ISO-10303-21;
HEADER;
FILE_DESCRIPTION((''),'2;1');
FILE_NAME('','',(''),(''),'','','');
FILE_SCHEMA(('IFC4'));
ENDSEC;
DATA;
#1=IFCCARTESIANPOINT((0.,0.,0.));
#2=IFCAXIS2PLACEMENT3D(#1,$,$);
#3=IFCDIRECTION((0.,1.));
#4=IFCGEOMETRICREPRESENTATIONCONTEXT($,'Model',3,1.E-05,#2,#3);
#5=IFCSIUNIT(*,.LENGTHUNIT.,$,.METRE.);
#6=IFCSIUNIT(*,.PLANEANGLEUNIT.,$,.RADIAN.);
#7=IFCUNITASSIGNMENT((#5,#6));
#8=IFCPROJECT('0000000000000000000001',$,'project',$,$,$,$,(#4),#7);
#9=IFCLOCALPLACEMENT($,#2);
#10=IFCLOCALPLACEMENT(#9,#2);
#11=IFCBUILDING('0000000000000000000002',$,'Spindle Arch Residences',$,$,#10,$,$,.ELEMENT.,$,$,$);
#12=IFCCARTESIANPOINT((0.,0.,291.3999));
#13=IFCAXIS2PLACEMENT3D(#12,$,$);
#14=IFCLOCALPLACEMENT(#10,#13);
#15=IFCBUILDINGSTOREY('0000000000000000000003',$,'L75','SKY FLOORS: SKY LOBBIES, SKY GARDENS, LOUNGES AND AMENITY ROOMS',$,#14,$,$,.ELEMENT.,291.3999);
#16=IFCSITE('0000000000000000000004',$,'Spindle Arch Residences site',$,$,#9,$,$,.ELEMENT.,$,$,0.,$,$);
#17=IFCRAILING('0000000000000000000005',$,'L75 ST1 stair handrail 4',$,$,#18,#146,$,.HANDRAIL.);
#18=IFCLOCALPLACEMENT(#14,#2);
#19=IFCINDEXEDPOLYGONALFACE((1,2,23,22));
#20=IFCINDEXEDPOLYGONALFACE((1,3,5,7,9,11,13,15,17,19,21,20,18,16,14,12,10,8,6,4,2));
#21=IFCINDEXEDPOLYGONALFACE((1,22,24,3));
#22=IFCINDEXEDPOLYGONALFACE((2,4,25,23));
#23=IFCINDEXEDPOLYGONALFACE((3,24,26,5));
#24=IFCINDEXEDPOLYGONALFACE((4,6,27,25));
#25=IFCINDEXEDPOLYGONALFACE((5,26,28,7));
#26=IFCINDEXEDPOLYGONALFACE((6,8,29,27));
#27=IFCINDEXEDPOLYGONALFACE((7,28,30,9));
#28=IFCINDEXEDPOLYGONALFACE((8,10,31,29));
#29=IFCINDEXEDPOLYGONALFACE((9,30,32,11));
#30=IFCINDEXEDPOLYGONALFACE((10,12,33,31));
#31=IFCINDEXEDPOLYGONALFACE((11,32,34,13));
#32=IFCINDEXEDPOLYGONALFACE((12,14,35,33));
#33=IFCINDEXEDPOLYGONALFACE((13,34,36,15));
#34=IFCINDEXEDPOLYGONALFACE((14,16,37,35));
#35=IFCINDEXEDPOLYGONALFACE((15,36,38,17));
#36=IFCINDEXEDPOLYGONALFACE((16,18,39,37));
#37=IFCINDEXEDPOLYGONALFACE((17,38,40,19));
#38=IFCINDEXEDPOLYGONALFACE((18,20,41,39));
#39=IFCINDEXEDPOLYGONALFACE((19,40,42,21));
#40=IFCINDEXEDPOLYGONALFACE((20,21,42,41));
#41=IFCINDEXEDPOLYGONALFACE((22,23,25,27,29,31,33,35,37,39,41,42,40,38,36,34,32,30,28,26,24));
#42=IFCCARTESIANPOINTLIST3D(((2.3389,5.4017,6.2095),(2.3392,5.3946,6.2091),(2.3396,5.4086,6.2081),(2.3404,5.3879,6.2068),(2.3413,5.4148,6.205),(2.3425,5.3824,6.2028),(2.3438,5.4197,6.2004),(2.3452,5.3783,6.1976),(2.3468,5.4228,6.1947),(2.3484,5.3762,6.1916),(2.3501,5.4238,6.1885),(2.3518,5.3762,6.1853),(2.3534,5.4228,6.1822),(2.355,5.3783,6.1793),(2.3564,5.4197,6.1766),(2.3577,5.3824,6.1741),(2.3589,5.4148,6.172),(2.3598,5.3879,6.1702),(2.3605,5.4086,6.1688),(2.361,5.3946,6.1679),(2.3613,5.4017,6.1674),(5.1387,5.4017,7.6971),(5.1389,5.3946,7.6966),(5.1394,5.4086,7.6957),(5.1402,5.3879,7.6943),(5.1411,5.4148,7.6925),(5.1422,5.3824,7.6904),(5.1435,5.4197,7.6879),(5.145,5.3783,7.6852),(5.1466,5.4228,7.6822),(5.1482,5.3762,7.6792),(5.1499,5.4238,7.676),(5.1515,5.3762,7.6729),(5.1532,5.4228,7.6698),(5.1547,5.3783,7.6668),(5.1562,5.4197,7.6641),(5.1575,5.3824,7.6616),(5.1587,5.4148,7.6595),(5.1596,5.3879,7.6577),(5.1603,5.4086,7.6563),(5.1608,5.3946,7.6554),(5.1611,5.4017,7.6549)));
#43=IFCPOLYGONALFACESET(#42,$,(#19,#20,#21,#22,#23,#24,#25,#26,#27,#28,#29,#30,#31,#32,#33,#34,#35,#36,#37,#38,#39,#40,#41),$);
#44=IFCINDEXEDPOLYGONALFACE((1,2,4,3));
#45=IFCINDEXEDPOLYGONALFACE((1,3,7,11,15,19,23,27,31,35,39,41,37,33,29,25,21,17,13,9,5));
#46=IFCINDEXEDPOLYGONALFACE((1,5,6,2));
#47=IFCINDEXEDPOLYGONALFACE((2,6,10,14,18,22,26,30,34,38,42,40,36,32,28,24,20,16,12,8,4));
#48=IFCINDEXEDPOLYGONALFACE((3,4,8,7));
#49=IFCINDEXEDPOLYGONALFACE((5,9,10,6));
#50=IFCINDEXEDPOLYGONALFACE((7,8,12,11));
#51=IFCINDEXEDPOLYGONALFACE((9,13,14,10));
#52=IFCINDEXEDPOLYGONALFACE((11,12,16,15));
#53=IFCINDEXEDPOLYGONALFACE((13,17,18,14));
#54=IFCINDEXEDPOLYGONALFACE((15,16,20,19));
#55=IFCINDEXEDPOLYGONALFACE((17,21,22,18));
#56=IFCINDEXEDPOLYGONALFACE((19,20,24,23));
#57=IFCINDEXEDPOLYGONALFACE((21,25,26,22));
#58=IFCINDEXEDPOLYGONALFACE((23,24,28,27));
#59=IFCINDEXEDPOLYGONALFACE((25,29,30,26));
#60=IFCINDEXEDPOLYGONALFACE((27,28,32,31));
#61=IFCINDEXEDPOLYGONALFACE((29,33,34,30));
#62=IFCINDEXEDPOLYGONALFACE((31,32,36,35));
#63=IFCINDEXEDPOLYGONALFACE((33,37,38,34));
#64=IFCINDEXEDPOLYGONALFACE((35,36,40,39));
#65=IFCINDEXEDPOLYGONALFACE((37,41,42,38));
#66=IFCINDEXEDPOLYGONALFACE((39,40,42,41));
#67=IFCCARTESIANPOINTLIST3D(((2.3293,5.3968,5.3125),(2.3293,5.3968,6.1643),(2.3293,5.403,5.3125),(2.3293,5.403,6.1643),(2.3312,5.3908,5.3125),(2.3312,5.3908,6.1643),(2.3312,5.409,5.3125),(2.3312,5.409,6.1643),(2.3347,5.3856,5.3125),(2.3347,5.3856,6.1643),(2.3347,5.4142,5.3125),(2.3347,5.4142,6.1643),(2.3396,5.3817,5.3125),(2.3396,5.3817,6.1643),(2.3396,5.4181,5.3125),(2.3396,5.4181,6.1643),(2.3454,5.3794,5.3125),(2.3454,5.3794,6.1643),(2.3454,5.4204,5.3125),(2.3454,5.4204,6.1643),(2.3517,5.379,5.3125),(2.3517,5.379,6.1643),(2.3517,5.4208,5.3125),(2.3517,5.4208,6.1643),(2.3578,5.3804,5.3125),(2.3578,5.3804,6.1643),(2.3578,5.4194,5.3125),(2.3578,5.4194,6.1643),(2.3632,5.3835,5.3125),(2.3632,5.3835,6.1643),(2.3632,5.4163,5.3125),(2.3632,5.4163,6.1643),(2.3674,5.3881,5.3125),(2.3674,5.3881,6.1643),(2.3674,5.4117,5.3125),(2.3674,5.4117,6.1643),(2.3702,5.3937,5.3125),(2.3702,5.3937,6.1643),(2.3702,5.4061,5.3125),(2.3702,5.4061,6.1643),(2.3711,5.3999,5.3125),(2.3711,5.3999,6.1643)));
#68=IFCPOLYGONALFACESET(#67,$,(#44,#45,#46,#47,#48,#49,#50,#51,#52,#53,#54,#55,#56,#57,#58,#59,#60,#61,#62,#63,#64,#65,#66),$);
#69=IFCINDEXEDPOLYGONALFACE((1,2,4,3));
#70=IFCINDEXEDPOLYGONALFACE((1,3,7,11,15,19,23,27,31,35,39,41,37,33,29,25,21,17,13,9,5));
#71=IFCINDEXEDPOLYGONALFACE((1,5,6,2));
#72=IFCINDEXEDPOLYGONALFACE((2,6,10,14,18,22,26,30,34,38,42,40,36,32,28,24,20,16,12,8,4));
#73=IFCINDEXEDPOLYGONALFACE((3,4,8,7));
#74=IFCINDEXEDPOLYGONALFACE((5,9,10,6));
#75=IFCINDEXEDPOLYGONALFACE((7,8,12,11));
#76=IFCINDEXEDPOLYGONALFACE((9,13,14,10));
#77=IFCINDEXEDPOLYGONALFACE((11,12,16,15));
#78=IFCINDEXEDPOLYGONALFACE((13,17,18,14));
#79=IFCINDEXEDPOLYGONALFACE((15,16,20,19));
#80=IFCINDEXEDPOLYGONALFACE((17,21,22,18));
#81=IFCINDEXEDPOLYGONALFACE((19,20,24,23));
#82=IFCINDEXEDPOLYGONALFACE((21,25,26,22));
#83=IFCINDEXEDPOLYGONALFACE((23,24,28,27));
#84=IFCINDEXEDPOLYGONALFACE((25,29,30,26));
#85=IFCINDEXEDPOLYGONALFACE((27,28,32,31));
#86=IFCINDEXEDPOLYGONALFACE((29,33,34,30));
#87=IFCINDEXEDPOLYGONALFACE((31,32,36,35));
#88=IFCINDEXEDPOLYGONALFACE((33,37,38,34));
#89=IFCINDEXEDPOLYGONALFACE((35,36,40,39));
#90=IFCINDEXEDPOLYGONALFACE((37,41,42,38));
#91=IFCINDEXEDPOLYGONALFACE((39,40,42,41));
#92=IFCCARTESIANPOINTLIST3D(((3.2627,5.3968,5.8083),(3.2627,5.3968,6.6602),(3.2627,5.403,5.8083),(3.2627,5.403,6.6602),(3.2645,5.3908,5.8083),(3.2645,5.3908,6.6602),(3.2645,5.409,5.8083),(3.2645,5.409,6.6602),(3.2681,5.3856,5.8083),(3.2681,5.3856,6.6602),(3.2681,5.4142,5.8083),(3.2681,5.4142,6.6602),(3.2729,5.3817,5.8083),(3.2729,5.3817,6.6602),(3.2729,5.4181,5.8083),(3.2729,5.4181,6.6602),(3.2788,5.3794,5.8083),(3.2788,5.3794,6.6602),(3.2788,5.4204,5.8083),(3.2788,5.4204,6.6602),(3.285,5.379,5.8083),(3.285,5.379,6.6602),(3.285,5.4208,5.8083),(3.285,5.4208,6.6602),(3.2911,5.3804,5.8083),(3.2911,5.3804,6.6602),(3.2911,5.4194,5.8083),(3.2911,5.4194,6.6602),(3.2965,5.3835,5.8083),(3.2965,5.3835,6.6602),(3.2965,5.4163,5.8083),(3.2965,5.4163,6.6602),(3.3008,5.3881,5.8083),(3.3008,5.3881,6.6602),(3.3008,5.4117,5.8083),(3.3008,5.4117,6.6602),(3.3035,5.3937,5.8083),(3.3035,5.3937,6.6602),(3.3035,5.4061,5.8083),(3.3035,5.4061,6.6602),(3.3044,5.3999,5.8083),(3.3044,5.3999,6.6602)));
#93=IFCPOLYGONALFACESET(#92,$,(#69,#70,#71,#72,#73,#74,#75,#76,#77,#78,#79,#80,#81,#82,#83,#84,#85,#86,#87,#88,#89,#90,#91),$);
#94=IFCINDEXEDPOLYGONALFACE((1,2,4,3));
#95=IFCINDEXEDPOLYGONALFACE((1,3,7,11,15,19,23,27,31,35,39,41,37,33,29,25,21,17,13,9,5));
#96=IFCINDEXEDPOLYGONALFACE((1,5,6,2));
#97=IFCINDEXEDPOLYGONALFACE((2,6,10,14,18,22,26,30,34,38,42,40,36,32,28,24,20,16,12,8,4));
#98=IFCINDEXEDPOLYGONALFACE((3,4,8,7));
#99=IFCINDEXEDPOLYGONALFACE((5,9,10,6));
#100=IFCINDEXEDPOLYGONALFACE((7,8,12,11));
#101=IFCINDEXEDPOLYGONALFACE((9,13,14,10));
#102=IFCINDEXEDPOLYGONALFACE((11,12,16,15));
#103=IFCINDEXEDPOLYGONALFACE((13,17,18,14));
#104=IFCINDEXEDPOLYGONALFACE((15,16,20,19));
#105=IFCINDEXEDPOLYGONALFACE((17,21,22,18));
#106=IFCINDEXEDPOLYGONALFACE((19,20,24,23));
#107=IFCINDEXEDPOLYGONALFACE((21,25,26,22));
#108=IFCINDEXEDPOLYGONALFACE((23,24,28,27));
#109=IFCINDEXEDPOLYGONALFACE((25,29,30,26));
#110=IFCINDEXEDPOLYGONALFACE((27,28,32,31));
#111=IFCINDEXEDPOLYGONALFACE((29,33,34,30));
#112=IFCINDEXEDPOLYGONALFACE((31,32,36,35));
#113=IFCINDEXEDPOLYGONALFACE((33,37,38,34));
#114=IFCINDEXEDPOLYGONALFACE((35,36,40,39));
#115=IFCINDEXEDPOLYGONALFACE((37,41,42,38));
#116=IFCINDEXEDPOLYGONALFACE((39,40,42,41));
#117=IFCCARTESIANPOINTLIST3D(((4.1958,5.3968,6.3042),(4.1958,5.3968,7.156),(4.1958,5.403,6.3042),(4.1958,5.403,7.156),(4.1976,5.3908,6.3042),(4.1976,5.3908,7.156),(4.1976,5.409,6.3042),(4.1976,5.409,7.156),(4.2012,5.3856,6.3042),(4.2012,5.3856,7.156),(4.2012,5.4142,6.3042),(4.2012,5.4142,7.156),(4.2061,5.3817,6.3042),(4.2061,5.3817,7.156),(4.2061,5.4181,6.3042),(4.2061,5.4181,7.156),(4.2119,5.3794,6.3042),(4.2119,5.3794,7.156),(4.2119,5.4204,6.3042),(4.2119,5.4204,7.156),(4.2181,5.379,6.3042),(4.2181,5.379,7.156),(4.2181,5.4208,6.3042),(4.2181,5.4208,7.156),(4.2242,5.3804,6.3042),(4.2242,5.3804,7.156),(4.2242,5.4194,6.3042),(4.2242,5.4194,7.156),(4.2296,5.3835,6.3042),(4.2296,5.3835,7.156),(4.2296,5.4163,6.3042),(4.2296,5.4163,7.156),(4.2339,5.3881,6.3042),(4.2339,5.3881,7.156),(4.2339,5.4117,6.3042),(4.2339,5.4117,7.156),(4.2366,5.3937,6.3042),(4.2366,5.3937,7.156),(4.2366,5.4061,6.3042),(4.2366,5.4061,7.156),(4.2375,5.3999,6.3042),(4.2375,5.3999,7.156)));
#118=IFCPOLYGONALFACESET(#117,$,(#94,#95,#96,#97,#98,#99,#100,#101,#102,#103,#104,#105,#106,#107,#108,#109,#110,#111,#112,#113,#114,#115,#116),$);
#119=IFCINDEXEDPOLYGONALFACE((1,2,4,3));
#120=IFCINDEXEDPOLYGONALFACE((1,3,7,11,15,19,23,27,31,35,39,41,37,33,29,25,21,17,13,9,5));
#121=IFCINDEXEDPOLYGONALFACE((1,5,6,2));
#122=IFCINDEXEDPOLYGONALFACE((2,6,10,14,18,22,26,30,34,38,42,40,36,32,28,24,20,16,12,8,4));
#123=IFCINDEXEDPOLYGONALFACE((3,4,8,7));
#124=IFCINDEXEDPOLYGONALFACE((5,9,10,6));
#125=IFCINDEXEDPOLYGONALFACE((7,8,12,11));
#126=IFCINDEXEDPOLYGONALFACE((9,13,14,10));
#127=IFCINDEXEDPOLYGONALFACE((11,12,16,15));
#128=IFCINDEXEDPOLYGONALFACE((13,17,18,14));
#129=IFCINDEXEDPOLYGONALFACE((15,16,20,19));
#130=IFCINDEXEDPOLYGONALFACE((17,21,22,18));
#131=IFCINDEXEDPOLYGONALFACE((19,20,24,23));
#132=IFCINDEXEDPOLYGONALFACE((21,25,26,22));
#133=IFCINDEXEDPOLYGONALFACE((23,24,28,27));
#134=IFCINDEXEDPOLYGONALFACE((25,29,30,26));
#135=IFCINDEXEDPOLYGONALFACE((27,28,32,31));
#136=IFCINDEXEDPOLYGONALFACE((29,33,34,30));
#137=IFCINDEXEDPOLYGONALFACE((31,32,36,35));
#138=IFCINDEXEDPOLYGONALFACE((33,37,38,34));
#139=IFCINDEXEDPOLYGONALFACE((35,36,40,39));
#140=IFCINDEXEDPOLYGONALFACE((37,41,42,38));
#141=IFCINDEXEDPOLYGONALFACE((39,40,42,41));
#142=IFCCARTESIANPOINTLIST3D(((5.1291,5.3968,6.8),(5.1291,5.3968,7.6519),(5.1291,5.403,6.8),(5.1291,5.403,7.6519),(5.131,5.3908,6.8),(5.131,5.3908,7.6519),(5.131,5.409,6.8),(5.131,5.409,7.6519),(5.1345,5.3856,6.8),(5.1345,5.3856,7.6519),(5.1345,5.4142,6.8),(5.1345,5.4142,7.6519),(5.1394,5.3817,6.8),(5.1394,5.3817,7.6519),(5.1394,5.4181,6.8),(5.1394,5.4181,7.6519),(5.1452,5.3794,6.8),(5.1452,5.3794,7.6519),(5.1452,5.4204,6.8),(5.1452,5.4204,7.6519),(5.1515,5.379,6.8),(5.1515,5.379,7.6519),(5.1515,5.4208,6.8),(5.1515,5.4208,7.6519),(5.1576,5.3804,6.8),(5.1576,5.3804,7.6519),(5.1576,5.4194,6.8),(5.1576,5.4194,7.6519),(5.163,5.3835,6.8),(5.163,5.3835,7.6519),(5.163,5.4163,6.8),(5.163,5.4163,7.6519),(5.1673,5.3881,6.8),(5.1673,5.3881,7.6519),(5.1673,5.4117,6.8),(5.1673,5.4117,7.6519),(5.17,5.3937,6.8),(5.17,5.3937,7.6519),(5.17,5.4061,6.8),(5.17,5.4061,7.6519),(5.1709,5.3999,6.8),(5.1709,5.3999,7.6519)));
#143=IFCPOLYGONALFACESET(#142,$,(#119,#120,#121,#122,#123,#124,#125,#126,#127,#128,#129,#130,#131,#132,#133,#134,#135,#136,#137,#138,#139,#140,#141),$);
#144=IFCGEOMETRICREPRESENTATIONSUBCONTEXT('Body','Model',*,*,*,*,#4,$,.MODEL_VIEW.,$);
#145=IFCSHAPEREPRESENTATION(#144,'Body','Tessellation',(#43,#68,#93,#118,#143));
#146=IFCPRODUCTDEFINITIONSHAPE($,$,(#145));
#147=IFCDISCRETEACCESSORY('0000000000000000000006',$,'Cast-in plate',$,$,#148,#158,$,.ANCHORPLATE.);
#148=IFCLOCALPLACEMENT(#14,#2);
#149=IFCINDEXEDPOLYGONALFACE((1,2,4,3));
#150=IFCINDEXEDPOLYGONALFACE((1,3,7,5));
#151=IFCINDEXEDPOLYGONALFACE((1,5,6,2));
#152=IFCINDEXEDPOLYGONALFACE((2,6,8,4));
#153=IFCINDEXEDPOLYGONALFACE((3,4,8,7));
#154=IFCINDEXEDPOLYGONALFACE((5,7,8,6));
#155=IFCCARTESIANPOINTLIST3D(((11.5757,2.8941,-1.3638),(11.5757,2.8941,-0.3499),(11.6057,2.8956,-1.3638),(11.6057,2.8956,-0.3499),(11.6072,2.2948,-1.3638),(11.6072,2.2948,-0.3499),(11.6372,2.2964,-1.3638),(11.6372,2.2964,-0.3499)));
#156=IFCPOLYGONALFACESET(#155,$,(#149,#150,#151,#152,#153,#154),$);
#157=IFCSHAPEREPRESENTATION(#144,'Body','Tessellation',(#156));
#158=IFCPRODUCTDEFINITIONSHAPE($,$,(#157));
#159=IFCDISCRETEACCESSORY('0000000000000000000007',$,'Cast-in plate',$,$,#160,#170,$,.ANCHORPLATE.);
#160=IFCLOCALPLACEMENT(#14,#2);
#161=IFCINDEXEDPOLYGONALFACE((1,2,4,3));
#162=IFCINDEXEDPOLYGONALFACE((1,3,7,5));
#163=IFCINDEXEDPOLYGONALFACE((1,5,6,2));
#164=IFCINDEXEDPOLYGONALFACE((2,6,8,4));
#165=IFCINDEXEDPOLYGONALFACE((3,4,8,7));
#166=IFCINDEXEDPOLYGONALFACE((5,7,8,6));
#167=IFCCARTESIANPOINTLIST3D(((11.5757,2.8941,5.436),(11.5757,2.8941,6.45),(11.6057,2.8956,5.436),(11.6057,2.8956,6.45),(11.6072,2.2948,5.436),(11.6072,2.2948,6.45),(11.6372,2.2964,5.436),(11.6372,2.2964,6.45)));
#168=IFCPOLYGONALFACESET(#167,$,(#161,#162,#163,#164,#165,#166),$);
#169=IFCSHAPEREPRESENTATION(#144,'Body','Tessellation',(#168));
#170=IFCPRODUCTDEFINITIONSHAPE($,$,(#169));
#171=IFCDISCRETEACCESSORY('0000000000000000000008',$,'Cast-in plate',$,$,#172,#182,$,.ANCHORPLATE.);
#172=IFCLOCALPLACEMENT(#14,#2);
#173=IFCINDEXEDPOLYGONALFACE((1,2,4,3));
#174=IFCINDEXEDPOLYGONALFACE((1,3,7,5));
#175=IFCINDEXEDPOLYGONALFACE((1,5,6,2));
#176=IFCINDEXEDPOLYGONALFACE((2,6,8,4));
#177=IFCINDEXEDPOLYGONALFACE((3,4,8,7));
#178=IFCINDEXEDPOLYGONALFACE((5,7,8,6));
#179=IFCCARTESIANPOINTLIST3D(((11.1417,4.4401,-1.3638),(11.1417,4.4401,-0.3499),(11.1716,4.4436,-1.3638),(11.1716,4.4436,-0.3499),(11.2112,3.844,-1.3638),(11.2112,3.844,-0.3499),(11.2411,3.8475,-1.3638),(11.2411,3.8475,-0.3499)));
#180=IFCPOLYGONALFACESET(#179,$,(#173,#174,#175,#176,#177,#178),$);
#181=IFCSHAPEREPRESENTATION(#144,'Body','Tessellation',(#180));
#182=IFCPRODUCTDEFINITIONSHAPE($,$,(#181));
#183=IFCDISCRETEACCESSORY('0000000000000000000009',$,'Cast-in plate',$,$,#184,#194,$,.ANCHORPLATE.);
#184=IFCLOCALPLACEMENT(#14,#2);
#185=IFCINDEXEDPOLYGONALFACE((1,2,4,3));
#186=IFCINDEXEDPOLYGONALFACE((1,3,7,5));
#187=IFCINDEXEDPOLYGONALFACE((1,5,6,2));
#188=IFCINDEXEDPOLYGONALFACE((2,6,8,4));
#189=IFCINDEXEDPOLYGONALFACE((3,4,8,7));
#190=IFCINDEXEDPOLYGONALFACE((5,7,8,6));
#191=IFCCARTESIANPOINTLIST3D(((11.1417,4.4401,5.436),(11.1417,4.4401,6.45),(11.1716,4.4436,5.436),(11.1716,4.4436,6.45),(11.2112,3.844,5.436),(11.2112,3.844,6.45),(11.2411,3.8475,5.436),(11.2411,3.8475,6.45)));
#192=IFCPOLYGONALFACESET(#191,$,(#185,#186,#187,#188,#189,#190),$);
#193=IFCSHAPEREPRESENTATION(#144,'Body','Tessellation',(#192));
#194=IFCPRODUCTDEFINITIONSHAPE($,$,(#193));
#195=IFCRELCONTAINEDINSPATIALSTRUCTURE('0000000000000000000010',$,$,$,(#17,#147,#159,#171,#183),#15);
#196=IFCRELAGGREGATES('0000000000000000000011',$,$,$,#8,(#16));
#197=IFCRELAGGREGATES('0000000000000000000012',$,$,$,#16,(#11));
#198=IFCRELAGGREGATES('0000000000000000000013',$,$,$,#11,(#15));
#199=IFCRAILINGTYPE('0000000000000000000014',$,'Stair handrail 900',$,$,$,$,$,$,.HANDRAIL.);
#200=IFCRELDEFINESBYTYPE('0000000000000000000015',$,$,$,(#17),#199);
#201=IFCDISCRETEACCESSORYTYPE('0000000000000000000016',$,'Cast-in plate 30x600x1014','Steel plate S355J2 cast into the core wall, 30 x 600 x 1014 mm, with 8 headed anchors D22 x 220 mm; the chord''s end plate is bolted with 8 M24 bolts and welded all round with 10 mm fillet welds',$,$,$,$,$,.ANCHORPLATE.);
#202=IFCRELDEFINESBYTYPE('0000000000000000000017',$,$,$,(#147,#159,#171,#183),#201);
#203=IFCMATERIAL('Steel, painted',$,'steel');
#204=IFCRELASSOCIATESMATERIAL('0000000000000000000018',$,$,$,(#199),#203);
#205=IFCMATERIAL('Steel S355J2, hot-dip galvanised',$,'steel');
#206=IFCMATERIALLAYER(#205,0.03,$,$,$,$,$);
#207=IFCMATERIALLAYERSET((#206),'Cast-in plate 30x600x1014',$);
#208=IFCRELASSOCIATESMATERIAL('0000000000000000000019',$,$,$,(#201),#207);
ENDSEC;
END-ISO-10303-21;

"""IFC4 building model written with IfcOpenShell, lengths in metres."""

from ifc_helpers import new_model, si_unit, direction, frame, origin, origin_2d, place, context, subcontext, project, spatial, rectangle, circle, extrude, material, layer, layer_set, type_object, element, save


model = new_model("IFC4")

# Units and contexts
model_context = context("Model", 3, precision=1e-05, world=origin(), true_north=direction((0.0, 1.0)))
body_context = subcontext(model_context, "Body", "Model", "MODEL_VIEW")
ifc_project = project(units=[si_unit("LENGTHUNIT", "METRE"), si_unit("PLANEANGLEUNIT", "RADIAN")], contexts=[model_context])

# Site, building, storey
site_placement = place(None, origin())
site = spatial("IfcSite", under=ifc_project, at=site_placement, Name="Spindle Arch Residences site", CompositionType="ELEMENT", RefElevation=0.0)
building_placement = place(site_placement, origin())
building = spatial("IfcBuilding", under=site, at=building_placement, Name="Spindle Arch Residences", CompositionType="ELEMENT")
storey_placement = place(building_placement, frame((0.0, 0.0, 291.3999)))
storey = spatial("IfcBuildingStorey", under=building, at=storey_placement, Name="L75", Description="SKY FLOORS: SKY LOBBIES, SKY GARDENS, LOUNGES AND AMENITY ROOMS", CompositionType="ELEMENT", Elevation=291.3999)

# Railing
ifc_material_1 = material(Name="Steel, painted", Category="steel")
railing_type = type_object("IfcRailingType", Name="Stair handrail 900", PredefinedType="HANDRAIL", material=ifc_material_1)
for number, where, name in (
    (1, (2.3501, 5.3999, 5.3125), "L75 ST1 stair handrail 4"),
):
    element("IfcRailing", number, at=place(storey_placement, frame(where)), inside=storey, type_object=railing_type, Name=name, PredefinedType="HANDRAIL", context=body_context, shape_type="SweptSolid", body=[
        extrude(circle(Radius=0.0239, at=origin_2d()), frame((0.0, 0.0, 0.876), z_axis=(0.883096, 0.0, 0.469193), x_axis=(0.0, 1.0, 0.0)), (0.0, 0.0, 1.0), 3.1704),
        extrude(circle(Radius=0.021, at=origin_2d()), origin(), (0.0, 0.0, 1.0), 0.8518),
        extrude(circle(Radius=0.021, at=origin_2d()), frame((0.9333, 0.0, 0.4958)), (0.0, 0.0, 1.0), 0.8518),
        extrude(circle(Radius=0.021, at=origin_2d()), frame((1.8665, 0.0, 0.9917)), (0.0, 0.0, 1.0), 0.8518),
        extrude(circle(Radius=0.021, at=origin_2d()), frame((2.7998, 0.0, 1.4875)), (0.0, 0.0, 1.0), 0.8518),
    ])

# Discrete accessories
ifc_material_2 = material(Name="Steel S355J2, hot-dip galvanised", Category="steel")
ifc_layer_1 = layer(ifc_material_2, 0.03)
ifc_layer_set_1 = layer_set([ifc_layer_1], Name="Cast-in plate 30x600x1014")
discrete_accessory_type = type_object("IfcDiscreteAccessoryType", Name="Cast-in plate 30x600x1014", Description="Steel plate S355J2 cast into the core wall, 30 x 600 x 1014 mm, with 8 headed anchors D22 x 220 mm; the chord's end plate is bolted with 8 M24 bolts and welded all round with 10 mm fillet welds", PredefinedType="ANCHORPLATE", material=ifc_layer_set_1)
for number, where, z_axis, x_axis, name in (
    (2, (11.6064, 2.5952, -1.3638), (0.0, 0.0, 1.0), (0.99862, 0.052512, 0.0), "Cast-in plate"),
    (3, (11.6064, 2.5952, 5.436), (0.0, 0.0, 1.0), (0.99862, 0.052512, 0.0), "Cast-in plate"),
    (4, (11.1914, 4.1438, -1.3638), (0.0, 0.0, 1.0), (0.993271, 0.115814, 0.0), "Cast-in plate"),
    (5, (11.1914, 4.1438, 5.436), (0.0, 0.0, 1.0), (0.993271, 0.115814, 0.0), "Cast-in plate"),
):
    element("IfcDiscreteAccessory", number, at=place(storey_placement, frame(where, z_axis=z_axis, x_axis=x_axis)), inside=storey, type_object=discrete_accessory_type, Name=name, PredefinedType="ANCHORPLATE", context=body_context, shape_type="SweptSolid", body=[
        extrude(rectangle(XDim=0.03, YDim=0.6001, at=origin_2d()), origin(), (0.0, 0.0, 1.0), 1.0139),
    ])

save(model, "model.ifc")
